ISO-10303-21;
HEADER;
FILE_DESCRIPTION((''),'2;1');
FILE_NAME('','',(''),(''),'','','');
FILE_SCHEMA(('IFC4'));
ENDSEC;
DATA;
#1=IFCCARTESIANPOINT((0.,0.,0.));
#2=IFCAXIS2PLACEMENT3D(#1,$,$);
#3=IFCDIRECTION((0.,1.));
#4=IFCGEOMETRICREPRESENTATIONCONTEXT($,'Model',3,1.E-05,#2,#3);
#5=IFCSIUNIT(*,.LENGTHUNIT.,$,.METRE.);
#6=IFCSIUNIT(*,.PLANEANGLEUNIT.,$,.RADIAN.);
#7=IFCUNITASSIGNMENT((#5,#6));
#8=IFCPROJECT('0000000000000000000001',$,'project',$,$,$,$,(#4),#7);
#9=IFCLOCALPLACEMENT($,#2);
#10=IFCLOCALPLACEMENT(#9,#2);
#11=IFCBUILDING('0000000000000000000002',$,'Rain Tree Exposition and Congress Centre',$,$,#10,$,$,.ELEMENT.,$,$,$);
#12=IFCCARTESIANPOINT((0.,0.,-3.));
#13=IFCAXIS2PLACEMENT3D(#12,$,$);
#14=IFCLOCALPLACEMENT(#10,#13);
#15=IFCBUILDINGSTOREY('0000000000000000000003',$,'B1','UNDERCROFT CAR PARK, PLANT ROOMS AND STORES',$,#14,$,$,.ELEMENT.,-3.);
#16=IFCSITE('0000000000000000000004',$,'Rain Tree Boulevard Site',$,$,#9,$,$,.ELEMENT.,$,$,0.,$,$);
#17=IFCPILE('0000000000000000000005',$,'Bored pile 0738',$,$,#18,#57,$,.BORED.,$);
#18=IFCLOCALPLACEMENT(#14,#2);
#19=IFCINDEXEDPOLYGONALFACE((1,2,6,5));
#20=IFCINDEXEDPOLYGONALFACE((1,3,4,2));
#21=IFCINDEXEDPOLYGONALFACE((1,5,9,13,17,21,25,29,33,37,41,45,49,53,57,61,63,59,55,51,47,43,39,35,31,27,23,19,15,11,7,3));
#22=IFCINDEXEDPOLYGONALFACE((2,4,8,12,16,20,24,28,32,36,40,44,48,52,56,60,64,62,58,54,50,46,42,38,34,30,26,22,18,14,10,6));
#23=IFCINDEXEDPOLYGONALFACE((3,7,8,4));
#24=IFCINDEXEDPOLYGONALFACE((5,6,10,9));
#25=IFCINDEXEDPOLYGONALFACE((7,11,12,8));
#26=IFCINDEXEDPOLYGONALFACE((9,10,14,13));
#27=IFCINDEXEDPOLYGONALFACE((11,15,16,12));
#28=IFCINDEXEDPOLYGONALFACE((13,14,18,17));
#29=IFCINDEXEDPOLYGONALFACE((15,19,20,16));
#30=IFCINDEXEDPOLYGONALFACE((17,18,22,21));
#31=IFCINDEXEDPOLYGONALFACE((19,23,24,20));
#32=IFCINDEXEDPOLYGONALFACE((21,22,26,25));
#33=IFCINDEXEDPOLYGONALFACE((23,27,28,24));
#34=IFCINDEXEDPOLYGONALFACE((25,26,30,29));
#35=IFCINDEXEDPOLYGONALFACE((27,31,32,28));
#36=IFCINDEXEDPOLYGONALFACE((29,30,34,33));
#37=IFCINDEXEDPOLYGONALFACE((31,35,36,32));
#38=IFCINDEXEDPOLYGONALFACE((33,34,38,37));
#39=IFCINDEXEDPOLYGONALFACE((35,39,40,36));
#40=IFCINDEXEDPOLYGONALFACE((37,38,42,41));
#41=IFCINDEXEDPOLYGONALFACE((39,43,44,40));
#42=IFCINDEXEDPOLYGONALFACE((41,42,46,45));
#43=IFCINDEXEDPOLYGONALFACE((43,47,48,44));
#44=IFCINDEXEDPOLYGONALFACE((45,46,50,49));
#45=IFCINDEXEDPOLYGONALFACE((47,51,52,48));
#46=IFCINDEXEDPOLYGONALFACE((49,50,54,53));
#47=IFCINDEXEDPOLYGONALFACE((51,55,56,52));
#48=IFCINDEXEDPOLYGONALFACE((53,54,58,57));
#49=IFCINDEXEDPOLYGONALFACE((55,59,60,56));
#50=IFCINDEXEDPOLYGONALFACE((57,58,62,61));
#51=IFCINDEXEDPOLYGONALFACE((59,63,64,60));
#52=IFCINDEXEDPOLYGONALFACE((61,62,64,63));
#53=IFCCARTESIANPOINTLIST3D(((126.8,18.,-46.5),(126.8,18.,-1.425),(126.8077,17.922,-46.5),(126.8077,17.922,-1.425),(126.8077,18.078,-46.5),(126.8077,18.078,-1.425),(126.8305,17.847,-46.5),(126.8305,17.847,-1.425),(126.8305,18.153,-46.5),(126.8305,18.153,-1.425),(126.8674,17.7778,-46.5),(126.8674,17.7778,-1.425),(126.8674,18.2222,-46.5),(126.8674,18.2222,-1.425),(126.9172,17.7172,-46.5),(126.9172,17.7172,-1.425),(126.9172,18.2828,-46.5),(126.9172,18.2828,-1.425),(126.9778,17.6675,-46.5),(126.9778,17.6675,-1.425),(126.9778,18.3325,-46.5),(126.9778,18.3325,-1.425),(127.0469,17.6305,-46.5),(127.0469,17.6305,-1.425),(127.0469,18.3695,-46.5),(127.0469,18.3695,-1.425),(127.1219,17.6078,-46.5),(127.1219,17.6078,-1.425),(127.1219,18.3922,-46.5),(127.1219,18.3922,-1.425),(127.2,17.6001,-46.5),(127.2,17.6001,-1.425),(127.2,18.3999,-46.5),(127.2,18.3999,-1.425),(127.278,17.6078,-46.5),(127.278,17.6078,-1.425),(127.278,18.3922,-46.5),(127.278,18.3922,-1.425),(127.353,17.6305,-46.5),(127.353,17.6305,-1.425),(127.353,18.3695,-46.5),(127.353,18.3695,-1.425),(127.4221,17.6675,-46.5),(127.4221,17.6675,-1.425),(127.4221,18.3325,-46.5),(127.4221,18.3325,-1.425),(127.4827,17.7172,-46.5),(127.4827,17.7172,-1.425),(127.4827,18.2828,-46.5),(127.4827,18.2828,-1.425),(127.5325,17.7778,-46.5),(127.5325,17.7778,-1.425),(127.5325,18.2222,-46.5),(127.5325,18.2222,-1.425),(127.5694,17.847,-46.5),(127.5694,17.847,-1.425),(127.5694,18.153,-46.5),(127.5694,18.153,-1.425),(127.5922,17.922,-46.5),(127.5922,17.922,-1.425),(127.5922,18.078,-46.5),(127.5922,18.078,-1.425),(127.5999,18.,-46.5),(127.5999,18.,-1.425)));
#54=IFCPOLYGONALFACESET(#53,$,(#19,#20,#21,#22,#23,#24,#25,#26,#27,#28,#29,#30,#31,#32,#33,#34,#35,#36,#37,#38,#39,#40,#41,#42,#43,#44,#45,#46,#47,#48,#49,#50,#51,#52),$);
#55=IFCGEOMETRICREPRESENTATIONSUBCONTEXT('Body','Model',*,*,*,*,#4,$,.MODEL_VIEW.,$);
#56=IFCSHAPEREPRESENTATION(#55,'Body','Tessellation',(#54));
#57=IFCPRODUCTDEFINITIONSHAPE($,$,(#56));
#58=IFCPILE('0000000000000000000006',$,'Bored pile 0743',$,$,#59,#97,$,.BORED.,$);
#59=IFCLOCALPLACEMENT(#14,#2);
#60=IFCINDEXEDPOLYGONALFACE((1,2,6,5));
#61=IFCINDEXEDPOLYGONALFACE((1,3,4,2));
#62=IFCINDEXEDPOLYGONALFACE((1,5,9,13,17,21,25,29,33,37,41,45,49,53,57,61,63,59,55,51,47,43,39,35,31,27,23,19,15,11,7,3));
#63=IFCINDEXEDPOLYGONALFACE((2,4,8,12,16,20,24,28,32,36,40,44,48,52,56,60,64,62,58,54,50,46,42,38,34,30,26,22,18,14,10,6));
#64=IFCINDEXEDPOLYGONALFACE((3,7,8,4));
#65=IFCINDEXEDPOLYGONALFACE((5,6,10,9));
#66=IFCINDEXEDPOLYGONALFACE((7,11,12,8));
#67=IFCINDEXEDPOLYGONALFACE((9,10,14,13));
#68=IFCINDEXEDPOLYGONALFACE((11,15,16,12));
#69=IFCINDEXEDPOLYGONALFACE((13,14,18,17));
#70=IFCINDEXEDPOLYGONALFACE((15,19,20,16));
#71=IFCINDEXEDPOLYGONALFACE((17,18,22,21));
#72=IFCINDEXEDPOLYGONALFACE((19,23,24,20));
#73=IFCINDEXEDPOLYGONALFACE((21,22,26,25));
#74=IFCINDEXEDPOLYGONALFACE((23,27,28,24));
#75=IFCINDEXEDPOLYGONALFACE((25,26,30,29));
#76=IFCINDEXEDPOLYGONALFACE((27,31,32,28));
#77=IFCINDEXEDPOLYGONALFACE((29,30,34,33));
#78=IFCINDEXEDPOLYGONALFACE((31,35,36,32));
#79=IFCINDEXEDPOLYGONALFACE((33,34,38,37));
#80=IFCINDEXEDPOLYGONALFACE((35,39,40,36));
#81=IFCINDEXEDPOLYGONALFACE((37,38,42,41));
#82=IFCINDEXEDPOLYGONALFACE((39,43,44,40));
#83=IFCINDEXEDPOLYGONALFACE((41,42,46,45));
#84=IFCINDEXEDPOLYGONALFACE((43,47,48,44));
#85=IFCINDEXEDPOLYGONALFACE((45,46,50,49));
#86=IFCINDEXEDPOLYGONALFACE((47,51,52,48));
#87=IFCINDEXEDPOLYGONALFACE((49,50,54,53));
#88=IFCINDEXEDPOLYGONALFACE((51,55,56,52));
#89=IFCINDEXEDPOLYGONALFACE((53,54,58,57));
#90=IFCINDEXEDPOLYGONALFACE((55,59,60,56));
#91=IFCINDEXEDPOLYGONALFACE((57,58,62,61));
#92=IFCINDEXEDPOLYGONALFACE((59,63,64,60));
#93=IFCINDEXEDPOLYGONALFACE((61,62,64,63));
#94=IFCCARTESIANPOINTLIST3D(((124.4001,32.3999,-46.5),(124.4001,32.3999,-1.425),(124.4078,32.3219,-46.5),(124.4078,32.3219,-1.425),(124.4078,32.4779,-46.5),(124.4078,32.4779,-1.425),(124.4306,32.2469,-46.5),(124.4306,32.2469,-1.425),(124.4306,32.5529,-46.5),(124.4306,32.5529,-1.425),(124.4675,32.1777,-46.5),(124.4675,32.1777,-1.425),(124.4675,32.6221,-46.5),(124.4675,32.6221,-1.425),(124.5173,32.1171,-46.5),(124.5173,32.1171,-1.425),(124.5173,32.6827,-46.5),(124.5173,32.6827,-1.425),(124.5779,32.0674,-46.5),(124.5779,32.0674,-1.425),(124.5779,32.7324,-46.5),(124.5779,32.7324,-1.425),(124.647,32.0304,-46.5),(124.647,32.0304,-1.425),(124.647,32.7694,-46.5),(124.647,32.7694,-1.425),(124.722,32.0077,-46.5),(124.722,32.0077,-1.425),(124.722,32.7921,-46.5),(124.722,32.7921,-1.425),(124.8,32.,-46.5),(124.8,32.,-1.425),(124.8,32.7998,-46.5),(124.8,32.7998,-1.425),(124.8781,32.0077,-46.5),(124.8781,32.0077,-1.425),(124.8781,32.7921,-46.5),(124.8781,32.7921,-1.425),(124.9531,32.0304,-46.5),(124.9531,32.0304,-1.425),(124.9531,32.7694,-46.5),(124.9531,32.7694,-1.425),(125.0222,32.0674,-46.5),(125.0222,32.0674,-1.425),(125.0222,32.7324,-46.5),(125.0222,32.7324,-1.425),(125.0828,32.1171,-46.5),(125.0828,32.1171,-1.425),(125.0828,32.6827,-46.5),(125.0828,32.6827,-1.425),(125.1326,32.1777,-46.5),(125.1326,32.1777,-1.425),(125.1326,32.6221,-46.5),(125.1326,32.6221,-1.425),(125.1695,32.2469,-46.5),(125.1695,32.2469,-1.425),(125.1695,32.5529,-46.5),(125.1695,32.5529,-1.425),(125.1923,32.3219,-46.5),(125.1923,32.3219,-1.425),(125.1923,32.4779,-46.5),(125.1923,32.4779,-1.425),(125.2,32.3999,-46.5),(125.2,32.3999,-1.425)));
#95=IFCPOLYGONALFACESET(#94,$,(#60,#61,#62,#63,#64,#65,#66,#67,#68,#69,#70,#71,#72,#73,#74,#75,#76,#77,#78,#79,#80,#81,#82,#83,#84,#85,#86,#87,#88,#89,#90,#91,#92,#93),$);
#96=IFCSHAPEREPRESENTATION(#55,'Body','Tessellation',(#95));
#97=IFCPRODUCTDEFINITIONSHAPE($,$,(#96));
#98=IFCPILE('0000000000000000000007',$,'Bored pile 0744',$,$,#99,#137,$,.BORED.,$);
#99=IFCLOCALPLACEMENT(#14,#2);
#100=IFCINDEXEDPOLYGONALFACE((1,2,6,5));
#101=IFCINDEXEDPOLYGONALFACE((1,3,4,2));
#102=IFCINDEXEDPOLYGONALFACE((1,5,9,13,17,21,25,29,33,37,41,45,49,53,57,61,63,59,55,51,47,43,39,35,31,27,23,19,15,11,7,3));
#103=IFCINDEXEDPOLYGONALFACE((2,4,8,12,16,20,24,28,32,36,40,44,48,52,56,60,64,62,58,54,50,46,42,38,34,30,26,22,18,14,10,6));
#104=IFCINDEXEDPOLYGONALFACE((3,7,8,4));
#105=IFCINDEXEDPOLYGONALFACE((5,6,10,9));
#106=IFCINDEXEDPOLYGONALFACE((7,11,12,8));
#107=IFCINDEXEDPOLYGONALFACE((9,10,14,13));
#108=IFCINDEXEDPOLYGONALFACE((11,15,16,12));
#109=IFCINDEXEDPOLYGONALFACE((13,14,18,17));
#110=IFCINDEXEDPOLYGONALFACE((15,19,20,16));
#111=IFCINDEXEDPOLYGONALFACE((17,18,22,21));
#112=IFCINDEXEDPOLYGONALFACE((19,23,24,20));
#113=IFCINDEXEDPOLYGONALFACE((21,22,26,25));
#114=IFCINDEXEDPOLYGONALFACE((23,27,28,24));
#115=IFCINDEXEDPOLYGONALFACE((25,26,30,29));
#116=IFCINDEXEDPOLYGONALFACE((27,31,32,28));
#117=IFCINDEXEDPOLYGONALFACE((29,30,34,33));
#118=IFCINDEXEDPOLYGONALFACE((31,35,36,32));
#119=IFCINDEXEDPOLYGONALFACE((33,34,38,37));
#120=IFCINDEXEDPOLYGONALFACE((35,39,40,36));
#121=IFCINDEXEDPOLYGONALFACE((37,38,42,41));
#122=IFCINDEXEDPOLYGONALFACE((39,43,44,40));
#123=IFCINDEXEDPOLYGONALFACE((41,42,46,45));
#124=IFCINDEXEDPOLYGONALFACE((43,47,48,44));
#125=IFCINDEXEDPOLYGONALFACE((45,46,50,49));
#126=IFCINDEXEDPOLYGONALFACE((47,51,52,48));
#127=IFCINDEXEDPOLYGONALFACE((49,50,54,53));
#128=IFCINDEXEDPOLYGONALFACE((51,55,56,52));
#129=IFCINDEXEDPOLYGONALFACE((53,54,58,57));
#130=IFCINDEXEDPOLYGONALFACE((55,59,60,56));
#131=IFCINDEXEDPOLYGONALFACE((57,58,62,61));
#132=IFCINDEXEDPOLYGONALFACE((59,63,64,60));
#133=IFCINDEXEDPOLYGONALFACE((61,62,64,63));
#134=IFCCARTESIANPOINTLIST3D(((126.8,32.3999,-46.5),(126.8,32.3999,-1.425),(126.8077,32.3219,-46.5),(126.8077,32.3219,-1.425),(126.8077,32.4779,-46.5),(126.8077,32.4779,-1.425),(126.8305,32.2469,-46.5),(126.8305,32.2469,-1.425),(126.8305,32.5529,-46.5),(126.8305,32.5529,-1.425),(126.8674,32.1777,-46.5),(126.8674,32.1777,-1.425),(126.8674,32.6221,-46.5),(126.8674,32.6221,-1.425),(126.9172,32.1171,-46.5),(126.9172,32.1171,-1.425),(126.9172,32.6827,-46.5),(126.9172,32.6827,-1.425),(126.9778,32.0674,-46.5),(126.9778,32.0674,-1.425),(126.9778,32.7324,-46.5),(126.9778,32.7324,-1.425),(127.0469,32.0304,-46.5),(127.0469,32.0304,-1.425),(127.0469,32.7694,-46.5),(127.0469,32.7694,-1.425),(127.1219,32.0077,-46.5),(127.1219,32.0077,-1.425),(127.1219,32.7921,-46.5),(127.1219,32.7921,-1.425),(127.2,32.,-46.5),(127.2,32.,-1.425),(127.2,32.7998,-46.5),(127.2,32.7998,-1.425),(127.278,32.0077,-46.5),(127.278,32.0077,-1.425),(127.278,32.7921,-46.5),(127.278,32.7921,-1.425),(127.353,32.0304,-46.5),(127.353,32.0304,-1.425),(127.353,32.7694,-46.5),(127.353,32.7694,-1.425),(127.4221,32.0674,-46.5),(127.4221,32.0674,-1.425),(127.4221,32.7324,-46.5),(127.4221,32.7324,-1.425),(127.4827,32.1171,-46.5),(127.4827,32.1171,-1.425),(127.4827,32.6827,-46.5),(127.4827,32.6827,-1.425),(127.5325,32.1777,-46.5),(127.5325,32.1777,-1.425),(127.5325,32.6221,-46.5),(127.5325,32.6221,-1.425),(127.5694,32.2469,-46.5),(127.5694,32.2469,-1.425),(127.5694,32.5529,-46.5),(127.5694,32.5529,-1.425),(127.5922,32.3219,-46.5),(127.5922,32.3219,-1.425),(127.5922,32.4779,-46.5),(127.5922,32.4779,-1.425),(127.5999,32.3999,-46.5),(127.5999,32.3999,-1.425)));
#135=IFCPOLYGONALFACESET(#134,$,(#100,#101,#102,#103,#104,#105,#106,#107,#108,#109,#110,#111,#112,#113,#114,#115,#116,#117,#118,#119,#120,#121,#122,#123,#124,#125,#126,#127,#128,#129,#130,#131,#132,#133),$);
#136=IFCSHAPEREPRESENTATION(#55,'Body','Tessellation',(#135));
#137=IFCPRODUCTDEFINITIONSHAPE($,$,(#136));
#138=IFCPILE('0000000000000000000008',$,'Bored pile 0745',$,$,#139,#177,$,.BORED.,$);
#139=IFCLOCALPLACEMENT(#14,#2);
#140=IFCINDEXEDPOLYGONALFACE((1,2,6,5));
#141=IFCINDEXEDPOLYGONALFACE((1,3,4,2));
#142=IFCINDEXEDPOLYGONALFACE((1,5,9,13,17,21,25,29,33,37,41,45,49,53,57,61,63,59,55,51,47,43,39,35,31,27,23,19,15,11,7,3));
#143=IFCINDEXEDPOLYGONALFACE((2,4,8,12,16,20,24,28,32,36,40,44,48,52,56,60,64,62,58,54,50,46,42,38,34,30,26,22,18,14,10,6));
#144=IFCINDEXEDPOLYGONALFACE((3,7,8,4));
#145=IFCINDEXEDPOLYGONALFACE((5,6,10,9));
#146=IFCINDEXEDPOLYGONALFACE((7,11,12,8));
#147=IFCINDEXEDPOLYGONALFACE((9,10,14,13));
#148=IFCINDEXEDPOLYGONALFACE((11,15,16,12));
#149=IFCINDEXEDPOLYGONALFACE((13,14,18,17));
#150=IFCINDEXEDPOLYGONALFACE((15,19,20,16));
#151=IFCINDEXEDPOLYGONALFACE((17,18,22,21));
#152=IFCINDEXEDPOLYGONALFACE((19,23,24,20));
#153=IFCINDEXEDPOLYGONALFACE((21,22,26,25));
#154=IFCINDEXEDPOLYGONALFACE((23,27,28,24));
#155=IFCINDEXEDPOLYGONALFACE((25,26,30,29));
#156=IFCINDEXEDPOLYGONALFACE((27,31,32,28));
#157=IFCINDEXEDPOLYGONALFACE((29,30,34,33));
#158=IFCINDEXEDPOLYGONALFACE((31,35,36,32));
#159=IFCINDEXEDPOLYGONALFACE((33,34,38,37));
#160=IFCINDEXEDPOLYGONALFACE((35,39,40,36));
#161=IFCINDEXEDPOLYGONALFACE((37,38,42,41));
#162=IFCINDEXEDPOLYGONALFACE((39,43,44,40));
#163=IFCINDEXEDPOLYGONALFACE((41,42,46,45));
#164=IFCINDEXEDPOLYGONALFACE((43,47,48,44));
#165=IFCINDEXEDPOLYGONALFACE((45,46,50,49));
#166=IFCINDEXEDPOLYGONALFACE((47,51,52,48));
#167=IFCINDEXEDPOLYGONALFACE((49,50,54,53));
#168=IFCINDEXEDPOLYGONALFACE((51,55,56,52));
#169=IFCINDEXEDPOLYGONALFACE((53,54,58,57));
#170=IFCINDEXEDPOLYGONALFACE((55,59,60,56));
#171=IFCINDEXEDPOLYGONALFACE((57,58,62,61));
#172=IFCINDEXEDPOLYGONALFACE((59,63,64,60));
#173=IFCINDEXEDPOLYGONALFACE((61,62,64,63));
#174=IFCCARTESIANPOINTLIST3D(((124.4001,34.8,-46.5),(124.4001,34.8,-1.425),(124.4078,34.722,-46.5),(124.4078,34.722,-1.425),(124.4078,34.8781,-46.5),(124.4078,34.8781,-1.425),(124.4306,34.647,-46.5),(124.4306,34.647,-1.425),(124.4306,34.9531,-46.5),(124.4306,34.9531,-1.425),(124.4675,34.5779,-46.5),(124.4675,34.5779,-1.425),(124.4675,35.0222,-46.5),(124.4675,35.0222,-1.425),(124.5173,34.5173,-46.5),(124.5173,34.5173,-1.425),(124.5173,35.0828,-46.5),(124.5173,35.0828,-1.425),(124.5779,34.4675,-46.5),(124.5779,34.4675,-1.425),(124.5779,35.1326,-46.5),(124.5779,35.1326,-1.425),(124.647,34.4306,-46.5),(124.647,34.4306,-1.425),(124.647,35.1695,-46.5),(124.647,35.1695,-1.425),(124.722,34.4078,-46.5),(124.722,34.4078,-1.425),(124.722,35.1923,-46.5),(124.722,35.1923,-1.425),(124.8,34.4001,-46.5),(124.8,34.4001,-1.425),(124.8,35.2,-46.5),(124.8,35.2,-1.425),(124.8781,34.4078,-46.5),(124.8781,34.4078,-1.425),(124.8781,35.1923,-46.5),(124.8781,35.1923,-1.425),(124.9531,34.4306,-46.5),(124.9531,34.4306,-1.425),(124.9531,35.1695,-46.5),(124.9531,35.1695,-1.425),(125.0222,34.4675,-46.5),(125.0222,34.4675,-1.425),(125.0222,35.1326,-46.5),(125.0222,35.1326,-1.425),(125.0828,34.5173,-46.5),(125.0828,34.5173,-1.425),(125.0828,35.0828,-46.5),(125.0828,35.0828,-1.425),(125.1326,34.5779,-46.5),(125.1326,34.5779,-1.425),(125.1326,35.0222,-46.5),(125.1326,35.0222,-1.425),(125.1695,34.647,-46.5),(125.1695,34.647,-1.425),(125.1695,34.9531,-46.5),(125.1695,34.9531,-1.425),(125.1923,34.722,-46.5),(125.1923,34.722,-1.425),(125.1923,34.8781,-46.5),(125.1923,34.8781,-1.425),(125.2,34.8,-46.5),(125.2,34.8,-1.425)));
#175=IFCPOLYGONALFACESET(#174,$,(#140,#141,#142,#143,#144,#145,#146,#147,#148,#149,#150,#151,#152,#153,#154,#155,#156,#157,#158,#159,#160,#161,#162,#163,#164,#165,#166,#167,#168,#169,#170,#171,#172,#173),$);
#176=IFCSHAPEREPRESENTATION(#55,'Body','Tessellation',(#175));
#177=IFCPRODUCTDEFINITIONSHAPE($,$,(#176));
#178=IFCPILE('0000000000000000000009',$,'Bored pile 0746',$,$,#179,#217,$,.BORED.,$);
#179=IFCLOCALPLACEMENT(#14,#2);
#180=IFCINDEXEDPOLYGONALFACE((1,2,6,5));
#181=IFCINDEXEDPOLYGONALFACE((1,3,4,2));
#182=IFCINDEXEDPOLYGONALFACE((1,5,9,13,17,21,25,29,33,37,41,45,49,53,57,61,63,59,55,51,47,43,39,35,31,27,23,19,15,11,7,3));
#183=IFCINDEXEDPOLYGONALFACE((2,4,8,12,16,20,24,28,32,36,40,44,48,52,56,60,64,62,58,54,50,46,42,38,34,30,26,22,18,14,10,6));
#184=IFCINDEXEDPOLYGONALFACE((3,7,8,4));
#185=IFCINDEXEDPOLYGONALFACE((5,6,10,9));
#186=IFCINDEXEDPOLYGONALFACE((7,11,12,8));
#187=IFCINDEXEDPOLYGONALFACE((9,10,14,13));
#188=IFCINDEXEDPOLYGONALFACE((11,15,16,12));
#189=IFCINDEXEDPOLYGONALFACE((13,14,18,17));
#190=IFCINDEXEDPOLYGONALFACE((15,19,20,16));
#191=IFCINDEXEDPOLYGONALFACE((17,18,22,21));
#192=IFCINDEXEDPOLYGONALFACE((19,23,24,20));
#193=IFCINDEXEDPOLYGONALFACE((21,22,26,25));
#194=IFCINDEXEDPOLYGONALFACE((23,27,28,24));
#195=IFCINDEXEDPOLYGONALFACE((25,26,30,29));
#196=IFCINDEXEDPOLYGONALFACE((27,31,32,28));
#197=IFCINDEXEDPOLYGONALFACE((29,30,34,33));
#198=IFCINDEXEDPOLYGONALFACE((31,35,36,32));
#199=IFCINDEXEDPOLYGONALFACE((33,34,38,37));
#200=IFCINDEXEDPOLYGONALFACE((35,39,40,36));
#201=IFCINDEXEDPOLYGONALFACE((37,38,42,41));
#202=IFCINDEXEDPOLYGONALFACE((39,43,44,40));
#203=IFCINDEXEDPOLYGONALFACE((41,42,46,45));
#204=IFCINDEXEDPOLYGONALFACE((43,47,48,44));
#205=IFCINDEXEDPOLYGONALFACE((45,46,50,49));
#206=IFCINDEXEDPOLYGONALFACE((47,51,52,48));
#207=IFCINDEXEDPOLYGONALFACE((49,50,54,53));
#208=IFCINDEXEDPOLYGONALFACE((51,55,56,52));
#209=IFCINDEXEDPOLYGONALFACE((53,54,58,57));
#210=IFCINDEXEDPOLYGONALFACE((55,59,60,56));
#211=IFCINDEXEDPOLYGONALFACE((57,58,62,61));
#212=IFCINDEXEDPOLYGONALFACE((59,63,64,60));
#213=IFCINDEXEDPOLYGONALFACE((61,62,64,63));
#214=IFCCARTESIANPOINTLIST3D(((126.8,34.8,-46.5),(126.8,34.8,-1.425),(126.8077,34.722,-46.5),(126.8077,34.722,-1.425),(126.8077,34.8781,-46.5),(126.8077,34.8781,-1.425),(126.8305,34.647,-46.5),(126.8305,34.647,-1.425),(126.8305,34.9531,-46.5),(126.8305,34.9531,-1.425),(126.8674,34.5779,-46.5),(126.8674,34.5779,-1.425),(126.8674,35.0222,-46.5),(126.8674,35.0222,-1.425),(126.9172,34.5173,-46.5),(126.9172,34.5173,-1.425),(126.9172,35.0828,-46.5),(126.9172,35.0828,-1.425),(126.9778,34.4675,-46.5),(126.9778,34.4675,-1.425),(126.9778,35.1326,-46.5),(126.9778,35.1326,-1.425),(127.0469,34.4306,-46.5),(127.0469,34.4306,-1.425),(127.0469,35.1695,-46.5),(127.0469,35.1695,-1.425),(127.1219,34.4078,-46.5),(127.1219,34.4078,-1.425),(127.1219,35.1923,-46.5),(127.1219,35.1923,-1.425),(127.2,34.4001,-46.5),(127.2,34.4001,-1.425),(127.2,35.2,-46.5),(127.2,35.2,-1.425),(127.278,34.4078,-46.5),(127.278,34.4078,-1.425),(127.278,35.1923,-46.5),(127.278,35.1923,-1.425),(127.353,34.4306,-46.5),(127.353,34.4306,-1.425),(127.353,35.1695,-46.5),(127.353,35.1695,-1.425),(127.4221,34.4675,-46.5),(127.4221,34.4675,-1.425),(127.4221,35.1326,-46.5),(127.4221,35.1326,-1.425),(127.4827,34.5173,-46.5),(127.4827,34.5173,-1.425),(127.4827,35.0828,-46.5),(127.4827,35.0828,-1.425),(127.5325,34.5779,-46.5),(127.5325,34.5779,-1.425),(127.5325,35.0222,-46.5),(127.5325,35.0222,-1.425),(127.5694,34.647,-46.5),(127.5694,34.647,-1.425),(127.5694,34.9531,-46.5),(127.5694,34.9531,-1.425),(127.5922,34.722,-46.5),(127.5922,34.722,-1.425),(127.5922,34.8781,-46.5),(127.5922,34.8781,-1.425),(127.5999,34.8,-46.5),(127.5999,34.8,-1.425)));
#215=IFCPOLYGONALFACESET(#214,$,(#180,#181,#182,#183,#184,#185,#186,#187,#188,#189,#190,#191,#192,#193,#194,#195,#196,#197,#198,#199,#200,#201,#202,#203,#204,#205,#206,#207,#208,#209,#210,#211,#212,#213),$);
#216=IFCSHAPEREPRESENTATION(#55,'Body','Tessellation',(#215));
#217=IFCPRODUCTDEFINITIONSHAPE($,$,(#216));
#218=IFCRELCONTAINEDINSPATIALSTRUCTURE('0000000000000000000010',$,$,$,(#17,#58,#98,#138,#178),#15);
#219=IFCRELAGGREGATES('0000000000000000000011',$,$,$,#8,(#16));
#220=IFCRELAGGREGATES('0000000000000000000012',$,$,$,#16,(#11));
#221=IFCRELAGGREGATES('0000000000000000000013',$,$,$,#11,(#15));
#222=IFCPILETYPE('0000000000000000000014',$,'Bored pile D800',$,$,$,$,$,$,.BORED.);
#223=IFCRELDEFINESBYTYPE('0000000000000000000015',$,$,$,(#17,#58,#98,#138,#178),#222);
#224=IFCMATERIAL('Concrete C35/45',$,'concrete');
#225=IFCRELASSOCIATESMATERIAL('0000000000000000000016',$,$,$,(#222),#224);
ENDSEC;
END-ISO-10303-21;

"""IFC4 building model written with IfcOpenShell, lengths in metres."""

from ifc_helpers import new_model, si_unit, direction, frame, origin, origin_2d, place, context, subcontext, project, spatial, circle, extrude, material, material_profile, profile_set, type_object, element, save


model = new_model("IFC4")

# Units and contexts
model_context = context("Model", 3, precision=1e-05, world=origin(), true_north=direction((0.0, 1.0)))
body_context = subcontext(model_context, "Body", "Model", "MODEL_VIEW")
ifc_project = project(units=[si_unit("LENGTHUNIT", "METRE"), si_unit("PLANEANGLEUNIT", "RADIAN")], contexts=[model_context])

# Site, building, storey
site_placement = place(None, origin())
site = spatial("IfcSite", under=ifc_project, at=site_placement, Name="Rain Tree Boulevard Site", CompositionType="ELEMENT", RefElevation=0.0)
building_placement = place(site_placement, origin())
building = spatial("IfcBuilding", under=site, at=building_placement, Name="Rain Tree Exposition and Congress Centre", CompositionType="ELEMENT")
storey_placement = place(building_placement, frame((0.0, 0.0, -3.0)))
storey = spatial("IfcBuildingStorey", under=building, at=storey_placement, Name="B1", Description="UNDERCROFT CAR PARK, PLANT ROOMS AND STORES", CompositionType="ELEMENT", Elevation=-3.0)

# Piles
ifc_material_1 = material(Name="Concrete C35/45", Category="concrete")
ifc_material_profile_1 = material_profile(ifc_material_1, circle(Radius=0.3999, at=origin_2d()), Name="D800")
ifc_profile_set_1 = profile_set([ifc_material_profile_1], Name="Concrete C35/45")
pile_type = type_object("IfcPileType", Name="Bored pile D800", PredefinedType="BORED", material=ifc_profile_set_1)
for number, where, z_axis, x_axis, name in (
    (1, (127.2, 18.0, -1.425), (0.0, 0.0, -1.0), (1.0, 0.0, 0.0), "Bored pile 0738"),
    (2, (124.8, 32.3999, -1.425), (0.0, 0.0, -1.0), (1.0, 0.0, 0.0), "Bored pile 0743"),
    (3, (127.2, 32.3999, -1.425), (0.0, 0.0, -1.0), (1.0, 0.0, 0.0), "Bored pile 0744"),
    (4, (124.8, 34.8, -1.425), (0.0, 0.0, -1.0), (1.0, 0.0, 0.0), "Bored pile 0745"),
    (5, (127.2, 34.8, -1.425), (0.0, 0.0, -1.0), (1.0, 0.0, 0.0), "Bored pile 0746"),
):
    element("IfcPile", number, at=place(storey_placement, frame(where, z_axis=z_axis, x_axis=x_axis)), inside=storey, type_object=pile_type, Name=name, PredefinedType="BORED", context=body_context, shape_type="SweptSolid", body=[
        extrude(circle(Radius=0.3999, at=origin_2d()), origin(), (0.0, 0.0, 1.0), 45.075),
    ])

save(model, "model.ifc")
